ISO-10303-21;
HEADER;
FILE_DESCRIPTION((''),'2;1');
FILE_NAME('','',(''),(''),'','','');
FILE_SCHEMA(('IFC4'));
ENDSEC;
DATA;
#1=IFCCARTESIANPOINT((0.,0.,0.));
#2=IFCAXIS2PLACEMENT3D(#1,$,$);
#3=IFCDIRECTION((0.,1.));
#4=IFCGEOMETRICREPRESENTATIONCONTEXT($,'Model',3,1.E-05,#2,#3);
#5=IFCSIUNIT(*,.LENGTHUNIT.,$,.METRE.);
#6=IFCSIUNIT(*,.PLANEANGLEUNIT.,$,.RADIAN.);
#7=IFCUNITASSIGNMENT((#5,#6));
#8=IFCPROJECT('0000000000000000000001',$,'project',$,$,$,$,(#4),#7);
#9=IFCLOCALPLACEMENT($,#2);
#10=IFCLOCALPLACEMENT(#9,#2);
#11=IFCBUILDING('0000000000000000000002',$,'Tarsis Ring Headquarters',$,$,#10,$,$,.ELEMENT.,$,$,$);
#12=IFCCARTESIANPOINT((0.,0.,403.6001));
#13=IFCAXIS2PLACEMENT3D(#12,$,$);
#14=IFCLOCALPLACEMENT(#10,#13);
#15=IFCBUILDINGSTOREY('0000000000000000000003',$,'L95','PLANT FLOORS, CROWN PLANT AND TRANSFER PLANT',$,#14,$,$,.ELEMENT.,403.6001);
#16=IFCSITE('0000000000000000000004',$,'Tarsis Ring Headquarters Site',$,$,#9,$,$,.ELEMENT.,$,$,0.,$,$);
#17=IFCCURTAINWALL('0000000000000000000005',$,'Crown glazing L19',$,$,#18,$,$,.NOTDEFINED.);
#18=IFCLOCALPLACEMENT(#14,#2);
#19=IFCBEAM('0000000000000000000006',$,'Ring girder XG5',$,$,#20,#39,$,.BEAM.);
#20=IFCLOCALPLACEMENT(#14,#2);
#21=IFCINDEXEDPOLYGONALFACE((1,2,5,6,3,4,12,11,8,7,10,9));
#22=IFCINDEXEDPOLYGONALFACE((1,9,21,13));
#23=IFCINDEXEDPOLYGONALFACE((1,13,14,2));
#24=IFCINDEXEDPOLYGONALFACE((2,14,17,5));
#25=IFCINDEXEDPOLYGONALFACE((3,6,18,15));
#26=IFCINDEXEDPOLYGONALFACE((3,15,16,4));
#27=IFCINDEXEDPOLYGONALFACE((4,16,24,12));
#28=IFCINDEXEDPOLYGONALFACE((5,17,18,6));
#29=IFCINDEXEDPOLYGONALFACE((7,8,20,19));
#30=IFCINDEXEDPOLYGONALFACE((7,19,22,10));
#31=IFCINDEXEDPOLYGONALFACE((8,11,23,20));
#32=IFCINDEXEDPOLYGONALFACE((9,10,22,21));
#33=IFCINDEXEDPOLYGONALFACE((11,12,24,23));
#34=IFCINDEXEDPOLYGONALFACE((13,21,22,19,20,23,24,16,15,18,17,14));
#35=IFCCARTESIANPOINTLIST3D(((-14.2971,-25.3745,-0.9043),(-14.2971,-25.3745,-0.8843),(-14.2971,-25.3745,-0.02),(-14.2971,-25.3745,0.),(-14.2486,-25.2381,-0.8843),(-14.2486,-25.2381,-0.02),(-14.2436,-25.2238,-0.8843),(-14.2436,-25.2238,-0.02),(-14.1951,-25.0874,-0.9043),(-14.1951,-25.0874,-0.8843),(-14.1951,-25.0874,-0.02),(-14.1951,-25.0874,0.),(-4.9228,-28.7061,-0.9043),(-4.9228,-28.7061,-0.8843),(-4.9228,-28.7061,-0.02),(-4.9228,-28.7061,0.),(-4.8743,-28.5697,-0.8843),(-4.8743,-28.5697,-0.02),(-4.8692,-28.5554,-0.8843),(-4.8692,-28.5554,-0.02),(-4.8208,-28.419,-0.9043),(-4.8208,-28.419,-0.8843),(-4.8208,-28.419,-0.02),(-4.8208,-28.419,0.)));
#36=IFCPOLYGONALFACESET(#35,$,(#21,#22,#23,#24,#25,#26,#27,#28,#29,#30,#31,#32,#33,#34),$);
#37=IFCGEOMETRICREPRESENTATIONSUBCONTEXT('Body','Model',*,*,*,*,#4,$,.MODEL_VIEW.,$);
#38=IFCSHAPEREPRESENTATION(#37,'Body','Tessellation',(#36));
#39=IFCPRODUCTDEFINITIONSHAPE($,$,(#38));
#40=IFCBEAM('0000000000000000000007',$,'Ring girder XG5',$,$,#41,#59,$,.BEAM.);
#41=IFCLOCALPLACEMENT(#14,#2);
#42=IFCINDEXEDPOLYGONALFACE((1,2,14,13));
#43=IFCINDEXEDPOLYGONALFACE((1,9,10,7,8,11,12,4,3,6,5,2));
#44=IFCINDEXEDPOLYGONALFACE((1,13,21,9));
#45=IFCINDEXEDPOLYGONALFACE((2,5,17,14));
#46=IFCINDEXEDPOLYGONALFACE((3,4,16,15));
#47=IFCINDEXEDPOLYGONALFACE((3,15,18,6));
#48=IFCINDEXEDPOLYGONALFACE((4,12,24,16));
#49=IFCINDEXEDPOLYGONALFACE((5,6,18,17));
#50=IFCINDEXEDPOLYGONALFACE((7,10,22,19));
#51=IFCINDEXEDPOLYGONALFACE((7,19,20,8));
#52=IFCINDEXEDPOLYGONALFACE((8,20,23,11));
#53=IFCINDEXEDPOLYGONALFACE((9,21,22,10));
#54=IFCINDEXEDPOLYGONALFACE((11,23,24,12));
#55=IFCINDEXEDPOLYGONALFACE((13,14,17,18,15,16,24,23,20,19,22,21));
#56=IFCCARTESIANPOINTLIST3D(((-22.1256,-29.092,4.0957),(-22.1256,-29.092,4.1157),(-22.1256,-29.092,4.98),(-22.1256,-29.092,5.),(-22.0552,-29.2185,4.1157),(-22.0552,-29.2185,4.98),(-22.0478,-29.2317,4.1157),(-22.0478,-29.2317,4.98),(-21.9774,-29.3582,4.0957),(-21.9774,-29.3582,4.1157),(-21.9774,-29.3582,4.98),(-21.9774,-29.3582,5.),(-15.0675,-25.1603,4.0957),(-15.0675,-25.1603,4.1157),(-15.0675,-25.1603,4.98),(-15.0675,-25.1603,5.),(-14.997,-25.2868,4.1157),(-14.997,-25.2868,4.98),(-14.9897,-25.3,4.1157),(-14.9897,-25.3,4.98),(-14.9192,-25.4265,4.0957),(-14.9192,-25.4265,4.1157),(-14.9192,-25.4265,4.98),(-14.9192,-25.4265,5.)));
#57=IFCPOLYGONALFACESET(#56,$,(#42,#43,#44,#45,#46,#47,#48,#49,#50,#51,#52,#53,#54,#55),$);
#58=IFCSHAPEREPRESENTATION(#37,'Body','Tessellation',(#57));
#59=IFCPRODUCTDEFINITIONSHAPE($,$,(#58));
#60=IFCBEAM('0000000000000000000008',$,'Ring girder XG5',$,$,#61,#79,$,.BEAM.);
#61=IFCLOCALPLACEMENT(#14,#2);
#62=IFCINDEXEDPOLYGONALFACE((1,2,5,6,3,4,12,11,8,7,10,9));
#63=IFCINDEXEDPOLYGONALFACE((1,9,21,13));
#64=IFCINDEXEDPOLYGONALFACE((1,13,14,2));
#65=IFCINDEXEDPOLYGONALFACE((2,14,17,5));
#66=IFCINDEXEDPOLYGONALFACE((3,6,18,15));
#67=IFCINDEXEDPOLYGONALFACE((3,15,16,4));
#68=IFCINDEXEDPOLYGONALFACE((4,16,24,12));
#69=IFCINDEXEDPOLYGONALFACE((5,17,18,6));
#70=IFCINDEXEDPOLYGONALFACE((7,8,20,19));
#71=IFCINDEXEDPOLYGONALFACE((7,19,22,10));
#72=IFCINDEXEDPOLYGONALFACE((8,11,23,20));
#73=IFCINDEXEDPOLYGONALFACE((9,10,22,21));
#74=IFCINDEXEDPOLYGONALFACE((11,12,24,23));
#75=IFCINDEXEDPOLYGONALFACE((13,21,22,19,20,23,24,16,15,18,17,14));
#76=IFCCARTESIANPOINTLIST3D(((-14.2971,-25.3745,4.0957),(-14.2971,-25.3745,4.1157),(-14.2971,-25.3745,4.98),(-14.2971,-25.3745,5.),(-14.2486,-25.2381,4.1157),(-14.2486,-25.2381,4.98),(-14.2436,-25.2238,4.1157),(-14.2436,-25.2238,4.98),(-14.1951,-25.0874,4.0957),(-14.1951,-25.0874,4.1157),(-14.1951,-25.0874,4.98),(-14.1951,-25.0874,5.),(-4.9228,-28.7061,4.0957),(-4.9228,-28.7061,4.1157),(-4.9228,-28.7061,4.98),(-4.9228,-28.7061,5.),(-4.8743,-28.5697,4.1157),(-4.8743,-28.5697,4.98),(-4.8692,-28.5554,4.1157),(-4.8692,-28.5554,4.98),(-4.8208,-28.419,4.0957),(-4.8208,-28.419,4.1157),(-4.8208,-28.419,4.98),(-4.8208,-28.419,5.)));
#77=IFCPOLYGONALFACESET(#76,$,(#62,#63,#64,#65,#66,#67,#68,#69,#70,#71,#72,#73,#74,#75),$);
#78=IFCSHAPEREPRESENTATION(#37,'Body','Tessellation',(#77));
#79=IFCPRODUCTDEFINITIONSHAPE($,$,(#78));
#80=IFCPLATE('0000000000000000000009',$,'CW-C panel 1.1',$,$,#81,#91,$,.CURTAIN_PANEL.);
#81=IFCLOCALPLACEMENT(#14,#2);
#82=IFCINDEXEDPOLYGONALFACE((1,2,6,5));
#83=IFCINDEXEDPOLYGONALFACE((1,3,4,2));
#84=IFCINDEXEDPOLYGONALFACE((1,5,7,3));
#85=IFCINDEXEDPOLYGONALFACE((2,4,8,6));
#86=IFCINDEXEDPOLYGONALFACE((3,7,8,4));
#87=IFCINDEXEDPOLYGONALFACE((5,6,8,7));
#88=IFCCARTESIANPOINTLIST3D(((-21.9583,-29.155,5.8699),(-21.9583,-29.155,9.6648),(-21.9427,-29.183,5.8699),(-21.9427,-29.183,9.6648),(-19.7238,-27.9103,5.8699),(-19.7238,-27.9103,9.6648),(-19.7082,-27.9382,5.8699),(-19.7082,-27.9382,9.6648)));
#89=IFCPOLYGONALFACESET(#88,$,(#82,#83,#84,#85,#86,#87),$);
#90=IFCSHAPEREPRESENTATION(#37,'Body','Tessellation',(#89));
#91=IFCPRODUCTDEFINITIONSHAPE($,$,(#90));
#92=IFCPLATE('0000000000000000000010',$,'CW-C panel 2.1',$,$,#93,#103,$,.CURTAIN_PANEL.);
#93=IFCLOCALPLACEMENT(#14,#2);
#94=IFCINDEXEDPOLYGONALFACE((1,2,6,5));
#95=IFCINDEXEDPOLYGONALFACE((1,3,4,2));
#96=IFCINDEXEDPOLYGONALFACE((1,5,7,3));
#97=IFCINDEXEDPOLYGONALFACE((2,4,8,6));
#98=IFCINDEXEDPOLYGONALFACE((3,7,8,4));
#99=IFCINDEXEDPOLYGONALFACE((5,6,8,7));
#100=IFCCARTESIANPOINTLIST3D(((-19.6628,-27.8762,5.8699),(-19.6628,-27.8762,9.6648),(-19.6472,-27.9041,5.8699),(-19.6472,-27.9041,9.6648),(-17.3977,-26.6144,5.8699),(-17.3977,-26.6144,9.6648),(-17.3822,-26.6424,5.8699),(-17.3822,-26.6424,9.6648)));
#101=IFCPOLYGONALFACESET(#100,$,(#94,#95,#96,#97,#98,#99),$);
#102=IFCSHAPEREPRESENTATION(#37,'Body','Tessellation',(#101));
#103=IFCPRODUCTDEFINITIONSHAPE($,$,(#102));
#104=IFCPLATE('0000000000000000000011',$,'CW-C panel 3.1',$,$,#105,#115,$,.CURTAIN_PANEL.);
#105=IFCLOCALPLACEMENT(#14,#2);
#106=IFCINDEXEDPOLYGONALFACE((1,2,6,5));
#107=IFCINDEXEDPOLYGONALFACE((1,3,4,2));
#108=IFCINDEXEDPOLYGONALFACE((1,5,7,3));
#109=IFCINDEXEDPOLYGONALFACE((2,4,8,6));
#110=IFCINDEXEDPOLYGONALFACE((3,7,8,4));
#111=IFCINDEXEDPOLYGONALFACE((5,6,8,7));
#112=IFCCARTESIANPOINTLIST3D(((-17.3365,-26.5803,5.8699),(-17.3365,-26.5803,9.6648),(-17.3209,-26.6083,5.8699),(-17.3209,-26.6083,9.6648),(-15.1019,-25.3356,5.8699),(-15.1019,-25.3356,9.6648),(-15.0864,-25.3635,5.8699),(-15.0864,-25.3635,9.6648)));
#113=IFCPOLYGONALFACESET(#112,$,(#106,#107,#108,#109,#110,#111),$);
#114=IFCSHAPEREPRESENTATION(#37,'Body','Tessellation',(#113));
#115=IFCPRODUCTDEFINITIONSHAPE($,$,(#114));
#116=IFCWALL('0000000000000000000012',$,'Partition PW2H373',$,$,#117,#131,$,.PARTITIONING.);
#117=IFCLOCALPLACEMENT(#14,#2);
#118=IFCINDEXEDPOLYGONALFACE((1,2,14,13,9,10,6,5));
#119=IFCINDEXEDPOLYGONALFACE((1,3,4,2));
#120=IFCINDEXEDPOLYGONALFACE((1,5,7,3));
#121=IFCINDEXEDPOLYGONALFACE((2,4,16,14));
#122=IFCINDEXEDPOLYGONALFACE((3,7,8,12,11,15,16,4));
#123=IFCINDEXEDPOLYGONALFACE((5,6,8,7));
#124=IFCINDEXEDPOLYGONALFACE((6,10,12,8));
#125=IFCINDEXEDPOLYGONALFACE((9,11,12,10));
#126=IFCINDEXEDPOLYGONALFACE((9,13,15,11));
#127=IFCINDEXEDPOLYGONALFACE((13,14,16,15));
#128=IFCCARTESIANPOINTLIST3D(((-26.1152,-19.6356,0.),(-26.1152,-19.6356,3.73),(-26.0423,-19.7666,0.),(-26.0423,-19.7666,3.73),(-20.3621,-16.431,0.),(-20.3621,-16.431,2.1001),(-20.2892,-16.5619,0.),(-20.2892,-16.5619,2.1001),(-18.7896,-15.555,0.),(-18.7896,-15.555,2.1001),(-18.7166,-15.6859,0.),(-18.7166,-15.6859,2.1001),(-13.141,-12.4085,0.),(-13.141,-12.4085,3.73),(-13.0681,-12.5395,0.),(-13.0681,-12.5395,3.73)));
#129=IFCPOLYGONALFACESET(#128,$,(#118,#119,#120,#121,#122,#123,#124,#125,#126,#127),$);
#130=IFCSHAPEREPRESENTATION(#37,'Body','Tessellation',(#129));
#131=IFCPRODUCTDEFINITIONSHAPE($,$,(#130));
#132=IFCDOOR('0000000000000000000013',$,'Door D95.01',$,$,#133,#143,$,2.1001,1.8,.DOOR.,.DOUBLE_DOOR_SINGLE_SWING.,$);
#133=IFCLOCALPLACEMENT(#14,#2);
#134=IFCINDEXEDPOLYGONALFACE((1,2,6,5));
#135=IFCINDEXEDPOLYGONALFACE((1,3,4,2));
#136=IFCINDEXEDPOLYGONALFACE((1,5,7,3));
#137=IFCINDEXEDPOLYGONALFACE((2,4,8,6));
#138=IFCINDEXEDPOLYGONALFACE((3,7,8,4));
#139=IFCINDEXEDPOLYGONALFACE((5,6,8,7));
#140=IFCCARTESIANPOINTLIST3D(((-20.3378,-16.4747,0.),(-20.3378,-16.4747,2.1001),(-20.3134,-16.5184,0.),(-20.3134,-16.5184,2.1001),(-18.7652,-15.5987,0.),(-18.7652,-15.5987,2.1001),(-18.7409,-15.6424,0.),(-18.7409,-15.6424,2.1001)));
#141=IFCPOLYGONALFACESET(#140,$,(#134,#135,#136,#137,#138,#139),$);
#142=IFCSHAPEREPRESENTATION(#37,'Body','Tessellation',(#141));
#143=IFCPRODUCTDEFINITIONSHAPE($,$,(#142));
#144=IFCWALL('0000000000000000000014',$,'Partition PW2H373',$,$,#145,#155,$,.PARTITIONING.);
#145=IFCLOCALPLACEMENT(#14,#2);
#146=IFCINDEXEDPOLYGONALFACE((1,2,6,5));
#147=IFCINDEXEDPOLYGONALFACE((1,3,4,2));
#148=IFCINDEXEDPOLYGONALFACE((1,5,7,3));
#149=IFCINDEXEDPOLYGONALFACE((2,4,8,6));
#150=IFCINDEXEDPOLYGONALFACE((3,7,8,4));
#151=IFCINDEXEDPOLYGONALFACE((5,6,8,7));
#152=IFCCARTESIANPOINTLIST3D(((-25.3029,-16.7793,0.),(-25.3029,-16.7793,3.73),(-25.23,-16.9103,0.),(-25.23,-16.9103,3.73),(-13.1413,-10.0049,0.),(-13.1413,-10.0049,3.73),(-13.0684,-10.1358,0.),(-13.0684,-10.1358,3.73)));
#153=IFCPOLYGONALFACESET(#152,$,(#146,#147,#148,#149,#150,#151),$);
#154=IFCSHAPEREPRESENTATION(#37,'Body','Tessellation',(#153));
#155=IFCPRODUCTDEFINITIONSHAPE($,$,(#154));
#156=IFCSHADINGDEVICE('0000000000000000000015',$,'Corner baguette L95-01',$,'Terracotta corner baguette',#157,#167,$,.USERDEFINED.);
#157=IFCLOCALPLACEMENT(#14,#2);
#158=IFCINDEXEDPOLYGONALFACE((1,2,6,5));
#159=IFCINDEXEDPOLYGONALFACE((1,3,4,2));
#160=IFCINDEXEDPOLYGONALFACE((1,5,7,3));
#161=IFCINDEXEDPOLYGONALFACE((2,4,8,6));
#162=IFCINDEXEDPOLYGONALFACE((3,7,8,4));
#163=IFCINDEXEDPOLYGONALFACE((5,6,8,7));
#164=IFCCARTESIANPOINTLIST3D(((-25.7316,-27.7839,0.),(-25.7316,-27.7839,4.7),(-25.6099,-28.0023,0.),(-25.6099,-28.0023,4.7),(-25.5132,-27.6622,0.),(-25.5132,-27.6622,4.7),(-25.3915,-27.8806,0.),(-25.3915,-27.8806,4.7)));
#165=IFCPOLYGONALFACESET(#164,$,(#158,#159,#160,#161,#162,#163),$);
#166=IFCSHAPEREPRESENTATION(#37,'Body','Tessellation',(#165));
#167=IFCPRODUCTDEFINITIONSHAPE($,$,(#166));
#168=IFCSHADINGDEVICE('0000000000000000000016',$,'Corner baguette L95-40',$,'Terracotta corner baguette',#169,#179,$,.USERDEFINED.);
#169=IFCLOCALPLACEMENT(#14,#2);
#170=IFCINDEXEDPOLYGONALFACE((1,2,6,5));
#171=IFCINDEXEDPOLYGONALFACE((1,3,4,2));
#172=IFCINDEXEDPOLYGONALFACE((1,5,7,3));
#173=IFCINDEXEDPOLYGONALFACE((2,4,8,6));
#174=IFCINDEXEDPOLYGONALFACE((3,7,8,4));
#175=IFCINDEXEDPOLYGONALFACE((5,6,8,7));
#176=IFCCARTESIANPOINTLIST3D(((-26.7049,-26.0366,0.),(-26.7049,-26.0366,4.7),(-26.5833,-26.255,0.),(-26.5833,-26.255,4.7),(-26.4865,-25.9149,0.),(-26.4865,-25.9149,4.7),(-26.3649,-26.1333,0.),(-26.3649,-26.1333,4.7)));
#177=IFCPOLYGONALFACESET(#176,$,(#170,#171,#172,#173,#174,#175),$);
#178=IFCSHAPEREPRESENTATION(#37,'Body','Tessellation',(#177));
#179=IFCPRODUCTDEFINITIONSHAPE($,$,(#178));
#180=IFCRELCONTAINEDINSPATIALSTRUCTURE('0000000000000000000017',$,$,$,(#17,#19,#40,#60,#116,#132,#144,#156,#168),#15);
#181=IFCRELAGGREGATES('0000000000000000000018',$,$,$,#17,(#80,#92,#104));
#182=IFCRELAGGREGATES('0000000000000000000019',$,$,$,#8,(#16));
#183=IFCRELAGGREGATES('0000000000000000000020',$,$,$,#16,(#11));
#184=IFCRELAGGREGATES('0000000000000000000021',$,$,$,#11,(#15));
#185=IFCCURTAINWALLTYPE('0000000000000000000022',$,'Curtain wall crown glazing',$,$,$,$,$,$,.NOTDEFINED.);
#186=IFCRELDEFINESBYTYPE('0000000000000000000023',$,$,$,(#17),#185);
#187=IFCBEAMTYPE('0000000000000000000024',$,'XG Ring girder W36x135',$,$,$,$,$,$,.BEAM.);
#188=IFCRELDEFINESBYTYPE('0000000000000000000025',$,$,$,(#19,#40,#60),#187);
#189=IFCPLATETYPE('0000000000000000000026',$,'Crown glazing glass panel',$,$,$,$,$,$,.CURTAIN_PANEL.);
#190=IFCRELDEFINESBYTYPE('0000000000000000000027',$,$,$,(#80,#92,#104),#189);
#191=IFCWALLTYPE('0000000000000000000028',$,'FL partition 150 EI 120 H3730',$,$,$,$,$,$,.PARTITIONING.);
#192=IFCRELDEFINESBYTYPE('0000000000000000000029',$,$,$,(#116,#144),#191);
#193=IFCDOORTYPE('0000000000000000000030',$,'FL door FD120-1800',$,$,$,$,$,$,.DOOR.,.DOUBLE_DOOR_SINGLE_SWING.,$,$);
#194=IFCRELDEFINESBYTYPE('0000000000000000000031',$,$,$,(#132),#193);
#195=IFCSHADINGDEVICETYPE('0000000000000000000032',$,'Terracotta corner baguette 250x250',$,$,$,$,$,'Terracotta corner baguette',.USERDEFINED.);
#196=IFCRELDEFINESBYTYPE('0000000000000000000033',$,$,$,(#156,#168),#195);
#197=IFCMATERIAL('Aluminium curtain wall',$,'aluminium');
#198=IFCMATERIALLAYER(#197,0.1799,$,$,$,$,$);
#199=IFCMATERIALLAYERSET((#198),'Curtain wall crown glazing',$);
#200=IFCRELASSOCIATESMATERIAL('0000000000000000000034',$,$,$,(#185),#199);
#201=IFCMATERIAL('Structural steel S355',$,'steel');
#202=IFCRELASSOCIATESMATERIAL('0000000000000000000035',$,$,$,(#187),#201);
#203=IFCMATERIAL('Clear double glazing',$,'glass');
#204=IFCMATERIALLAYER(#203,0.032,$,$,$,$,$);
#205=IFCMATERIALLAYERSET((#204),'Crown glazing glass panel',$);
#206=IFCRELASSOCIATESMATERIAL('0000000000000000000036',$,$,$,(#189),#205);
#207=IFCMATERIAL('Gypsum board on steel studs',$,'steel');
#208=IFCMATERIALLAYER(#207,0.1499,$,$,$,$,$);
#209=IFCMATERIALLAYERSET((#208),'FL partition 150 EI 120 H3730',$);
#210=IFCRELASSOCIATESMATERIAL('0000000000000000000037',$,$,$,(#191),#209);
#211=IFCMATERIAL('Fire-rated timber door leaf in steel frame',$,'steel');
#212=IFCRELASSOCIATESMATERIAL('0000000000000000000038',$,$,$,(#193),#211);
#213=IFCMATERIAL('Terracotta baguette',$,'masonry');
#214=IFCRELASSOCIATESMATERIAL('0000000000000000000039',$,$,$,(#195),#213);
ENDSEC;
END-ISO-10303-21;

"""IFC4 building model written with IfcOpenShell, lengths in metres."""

from ifc_helpers import new_model, si_unit, direction, frame, frame_2d, origin, origin_2d, place, context, subcontext, project, spatial, rectangle, i_section, extrude, material, layer, layer_set, material_profile, profile_set, type_object, element, fill, aggregate, save


model = new_model("IFC4")

# Units and contexts
model_context = context("Model", 3, precision=1e-05, world=origin(), true_north=direction((0.0, 1.0)))
body_context = subcontext(model_context, "Body", "Model", "MODEL_VIEW")
ifc_project = project(units=[si_unit("LENGTHUNIT", "METRE"), si_unit("PLANEANGLEUNIT", "RADIAN")], contexts=[model_context])

# Site, building, storey
site_placement = place(None, origin())
site = spatial("IfcSite", under=ifc_project, at=site_placement, Name="Tarsis Ring Headquarters Site", CompositionType="ELEMENT", RefElevation=0.0)
building_placement = place(site_placement, origin())
building = spatial("IfcBuilding", under=site, at=building_placement, Name="Tarsis Ring Headquarters", CompositionType="ELEMENT")
storey_placement = place(building_placement, frame((0.0, 0.0, 403.6001)))
storey = spatial("IfcBuildingStorey", under=building, at=storey_placement, Name="L95", Description="PLANT FLOORS, CROWN PLANT AND TRANSFER PLANT", CompositionType="ELEMENT", Elevation=403.6001)

# Shared definitions
ifc_material_1 = material(Name="Structural steel S355", Category="steel")

# Curtain wall
ifc_material_2 = material(Name="Aluminium curtain wall", Category="aluminium")
ifc_layer_1 = layer(ifc_material_2, 0.1799)
ifc_layer_set_1 = layer_set([ifc_layer_1], Name="Curtain wall crown glazing")
curtain_wall_type = type_object("IfcCurtainWallType", Name="Curtain wall crown glazing", PredefinedType="NOTDEFINED", material=ifc_layer_set_1)
curtain_wall_placement = place(storey_placement, origin())
curtain_wall = element("IfcCurtainWall", 1, at=curtain_wall_placement, inside=storey, type_object=curtain_wall_type, Name="Crown glazing L19", PredefinedType="NOTDEFINED")

# Beams
ifc_material_profile_1 = material_profile(ifc_material_1, i_section(OverallWidth=0.3047, OverallDepth=0.9043, WebThickness=0.0151, FlangeThickness=0.02, at=origin_2d()), Name="W36x135")
ifc_profile_set_1 = profile_set([ifc_material_profile_1], Name="Structural steel S355")
beam_type_1 = type_object("IfcBeamType", Name="XG Ring girder W36x135", PredefinedType="BEAM", material=ifc_profile_set_1)
beam_1_placement = place(storey_placement, frame((-14.2461, -25.231, -0.4521), z_axis=(0.942263, -0.334873, 0.0), x_axis=(0.334873, 0.942263, 0.0)))
element("IfcBeam", 2, at=beam_1_placement, inside=storey, type_object=beam_type_1, Name="Ring girder XG5", PredefinedType="BEAM", context=body_context, shape_type="SweptSolid", body=[
    extrude(i_section(OverallWidth=0.3047, OverallDepth=0.9043, WebThickness=0.0151, FlangeThickness=0.02, at=origin_2d()), origin(), (0.0, 0.0, 1.0), 9.9487),
])
beam_2_placement = place(storey_placement, frame((-22.0515, -29.2251, 4.5479), z_axis=(0.873607, 0.486633, 0.0), x_axis=(-0.486633, 0.873607, 0.0)))
element("IfcBeam", 3, at=beam_2_placement, inside=storey, type_object=beam_type_1, Name="Ring girder XG5", PredefinedType="BEAM", context=body_context, shape_type="SweptSolid", body=[
    extrude(i_section(OverallWidth=0.3047, OverallDepth=0.9043, WebThickness=0.0151, FlangeThickness=0.02, at=origin_2d()), origin(), (0.0, 0.0, 1.0), 8.0793),
])
beam_3_placement = place(storey_placement, frame((-14.2461, -25.231, 4.5479), z_axis=(0.942263, -0.334873, 0.0), x_axis=(0.334873, 0.942263, 0.0)))
element("IfcBeam", 4, at=beam_3_placement, inside=storey, type_object=beam_type_1, Name="Ring girder XG5", PredefinedType="BEAM", context=body_context, shape_type="SweptSolid", body=[
    extrude(i_section(OverallWidth=0.3047, OverallDepth=0.9043, WebThickness=0.0151, FlangeThickness=0.02, at=origin_2d()), origin(), (0.0, 0.0, 1.0), 9.9487),
])

# Plates
ifc_material_3 = material(Name="Clear double glazing", Category="glass")
ifc_layer_2 = layer(ifc_material_3, 0.032)
ifc_layer_set_2 = layer_set([ifc_layer_2], Name="Crown glazing glass panel")
plate_type = type_object("IfcPlateType", Name="Crown glazing glass panel", PredefinedType="CURTAIN_PANEL", material=ifc_layer_set_2)
plate_1_placement = place(storey_placement, frame((-20.8333, -28.5466, 5.8699), z_axis=(0.0, 0.0, 1.0), x_axis=(0.873602, 0.48664, 0.0)))
plate_1 = element("IfcPlate", 5, at=plate_1_placement, type_object=plate_type, Name="CW-C panel 1.1", PredefinedType="CURTAIN_PANEL", context=body_context, shape_type="SweptSolid", body=[
    extrude(rectangle(XDim=2.5579, YDim=0.032, at=origin_2d()), origin(), (0.0, 0.0, 1.0), 3.7949),
])
plate_2_placement = place(storey_placement, frame((-18.5225, -27.2593, 5.8699), z_axis=(0.0, 0.0, 1.0), x_axis=(0.873602, 0.48664, 0.0)))
plate_2 = element("IfcPlate", 6, at=plate_2_placement, type_object=plate_type, Name="CW-C panel 2.1", PredefinedType="CURTAIN_PANEL", context=body_context, shape_type="SweptSolid", body=[
    extrude(rectangle(XDim=2.5928, YDim=0.032, at=origin_2d()), origin(), (0.0, 0.0, 1.0), 3.7949),
])
plate_3_placement = place(storey_placement, frame((-16.2114, -25.9719, 5.8699), z_axis=(0.0, 0.0, 1.0), x_axis=(0.873602, 0.48664, 0.0)))
plate_3 = element("IfcPlate", 7, at=plate_3_placement, type_object=plate_type, Name="CW-C panel 3.1", PredefinedType="CURTAIN_PANEL", context=body_context, shape_type="SweptSolid", body=[
    extrude(rectangle(XDim=2.5579, YDim=0.032, at=origin_2d()), origin(), (0.0, 0.0, 1.0), 3.7949),
])
aggregate(curtain_wall, [plate_1, plate_2, plate_3])

# Wall, opening, door
ifc_material_4 = material(Name="Gypsum board on steel studs", Category="steel")
ifc_layer_3 = layer(ifc_material_4, 0.1499)
ifc_layer_set_3 = layer_set([ifc_layer_3], Name="FL partition 150 EI 120 H3730")
wall_type = type_object("IfcWallType", Name="FL partition 150 EI 120 H3730", PredefinedType="PARTITIONING", material=ifc_layer_set_3)
wall_1_placement = place(storey_placement, frame((-26.0789, -19.7012, 0.0), z_axis=(0.0, 0.0, 1.0), x_axis=(0.873608, 0.486631, 0.0)))
wall_1 = element("IfcWall", 8, at=wall_1_placement, inside=storey, type_object=wall_type, Name="Partition PW2H373", PredefinedType="PARTITIONING", context=body_context, shape_type="SweptSolid", body=[
    extrude(rectangle(XDim=14.8513, YDim=0.1499, at=frame_2d((7.4258, 0.0))), origin(), (0.0, 0.0, 1.0), 3.73),
])
opening_placement = place(wall_1_placement, frame((6.5857, 0.0, 0.0)))
opening = element("IfcOpeningElement", 9, at=opening_placement, cuts=wall_1, PredefinedType="OPENING", context=body_context, shape_type="SweptSolid", body=[
    extrude(rectangle(XDim=1.8, YDim=2.1001, at=frame_2d((0.8999, 1.05))), frame((0.0, 0.085, 0.0), z_axis=(0.0, -1.0, 0.0), x_axis=(1.0, 0.0, 0.0)), (0.0, 0.0, 1.0), 0.1699),
])
ifc_material_5 = material(Name="Fire-rated timber door leaf in steel frame", Category="steel")
door_type = type_object("IfcDoorType", Name="FL door FD120-1800", OperationType="DOUBLE_DOOR_SINGLE_SWING", PredefinedType="DOOR", material=ifc_material_5)
door_placement = place(opening_placement, origin())
door = element("IfcDoor", 10, at=door_placement, inside=storey, type_object=door_type, Name="Door D95.01", OperationType="DOUBLE_DOOR_SINGLE_SWING", OverallHeight=2.1001, OverallWidth=1.8, PredefinedType="DOOR", context=body_context, shape_type="SweptSolid", body=[
    extrude(rectangle(XDim=1.8, YDim=2.1001, at=frame_2d((0.8999, 1.05))), frame((0.0, 0.0249, 0.0), z_axis=(0.0, -1.0, 0.0), x_axis=(1.0, 0.0, 0.0)), (0.0, 0.0, 1.0), 0.05),
])
fill(opening, door)

# Wall
wall_2_placement = place(storey_placement, frame((-25.2664, -16.8447, 0.0), z_axis=(0.0, 0.0, 1.0), x_axis=(0.873609, 0.486628, 0.0)))
element("IfcWall", 11, at=wall_2_placement, inside=storey, type_object=wall_type, Name="Partition PW2H373", PredefinedType="PARTITIONING", context=body_context, shape_type="SweptSolid", body=[
    extrude(rectangle(XDim=13.9211, YDim=0.1499, at=frame_2d((6.9604, 0.0))), origin(), (0.0, 0.0, 1.0), 3.73),
])

# Shading devices
ifc_material_6 = material(Name="Terracotta baguette", Category="masonry")
shading_device_type_1 = type_object("IfcShadingDeviceType", Name="Terracotta corner baguette 250x250", ElementType="Terracotta corner baguette", PredefinedType="USERDEFINED", material=ifc_material_6)
for number, where, z_axis, x_axis, name in (
    (12, (-25.5615, -27.8323, 0.0), (0.0, 0.0, 1.0), (0.48664, -0.873602, 0.0), "Corner baguette L95-01"),
    (13, (-26.5349, -26.085, 0.0), (0.0, 0.0, 1.0), (0.873602, 0.48664, 0.0), "Corner baguette L95-40"),
):
    element("IfcShadingDevice", number, at=place(storey_placement, frame(where, z_axis=z_axis, x_axis=x_axis)), inside=storey, type_object=shading_device_type_1, Name=name, ObjectType="Terracotta corner baguette", PredefinedType="USERDEFINED", context=body_context, shape_type="SweptSolid", body=[
        extrude(rectangle(XDim=0.25, YDim=0.25, at=origin_2d()), origin(), (0.0, 0.0, 1.0), 4.7),
    ])

save(model, "model.ifc")
